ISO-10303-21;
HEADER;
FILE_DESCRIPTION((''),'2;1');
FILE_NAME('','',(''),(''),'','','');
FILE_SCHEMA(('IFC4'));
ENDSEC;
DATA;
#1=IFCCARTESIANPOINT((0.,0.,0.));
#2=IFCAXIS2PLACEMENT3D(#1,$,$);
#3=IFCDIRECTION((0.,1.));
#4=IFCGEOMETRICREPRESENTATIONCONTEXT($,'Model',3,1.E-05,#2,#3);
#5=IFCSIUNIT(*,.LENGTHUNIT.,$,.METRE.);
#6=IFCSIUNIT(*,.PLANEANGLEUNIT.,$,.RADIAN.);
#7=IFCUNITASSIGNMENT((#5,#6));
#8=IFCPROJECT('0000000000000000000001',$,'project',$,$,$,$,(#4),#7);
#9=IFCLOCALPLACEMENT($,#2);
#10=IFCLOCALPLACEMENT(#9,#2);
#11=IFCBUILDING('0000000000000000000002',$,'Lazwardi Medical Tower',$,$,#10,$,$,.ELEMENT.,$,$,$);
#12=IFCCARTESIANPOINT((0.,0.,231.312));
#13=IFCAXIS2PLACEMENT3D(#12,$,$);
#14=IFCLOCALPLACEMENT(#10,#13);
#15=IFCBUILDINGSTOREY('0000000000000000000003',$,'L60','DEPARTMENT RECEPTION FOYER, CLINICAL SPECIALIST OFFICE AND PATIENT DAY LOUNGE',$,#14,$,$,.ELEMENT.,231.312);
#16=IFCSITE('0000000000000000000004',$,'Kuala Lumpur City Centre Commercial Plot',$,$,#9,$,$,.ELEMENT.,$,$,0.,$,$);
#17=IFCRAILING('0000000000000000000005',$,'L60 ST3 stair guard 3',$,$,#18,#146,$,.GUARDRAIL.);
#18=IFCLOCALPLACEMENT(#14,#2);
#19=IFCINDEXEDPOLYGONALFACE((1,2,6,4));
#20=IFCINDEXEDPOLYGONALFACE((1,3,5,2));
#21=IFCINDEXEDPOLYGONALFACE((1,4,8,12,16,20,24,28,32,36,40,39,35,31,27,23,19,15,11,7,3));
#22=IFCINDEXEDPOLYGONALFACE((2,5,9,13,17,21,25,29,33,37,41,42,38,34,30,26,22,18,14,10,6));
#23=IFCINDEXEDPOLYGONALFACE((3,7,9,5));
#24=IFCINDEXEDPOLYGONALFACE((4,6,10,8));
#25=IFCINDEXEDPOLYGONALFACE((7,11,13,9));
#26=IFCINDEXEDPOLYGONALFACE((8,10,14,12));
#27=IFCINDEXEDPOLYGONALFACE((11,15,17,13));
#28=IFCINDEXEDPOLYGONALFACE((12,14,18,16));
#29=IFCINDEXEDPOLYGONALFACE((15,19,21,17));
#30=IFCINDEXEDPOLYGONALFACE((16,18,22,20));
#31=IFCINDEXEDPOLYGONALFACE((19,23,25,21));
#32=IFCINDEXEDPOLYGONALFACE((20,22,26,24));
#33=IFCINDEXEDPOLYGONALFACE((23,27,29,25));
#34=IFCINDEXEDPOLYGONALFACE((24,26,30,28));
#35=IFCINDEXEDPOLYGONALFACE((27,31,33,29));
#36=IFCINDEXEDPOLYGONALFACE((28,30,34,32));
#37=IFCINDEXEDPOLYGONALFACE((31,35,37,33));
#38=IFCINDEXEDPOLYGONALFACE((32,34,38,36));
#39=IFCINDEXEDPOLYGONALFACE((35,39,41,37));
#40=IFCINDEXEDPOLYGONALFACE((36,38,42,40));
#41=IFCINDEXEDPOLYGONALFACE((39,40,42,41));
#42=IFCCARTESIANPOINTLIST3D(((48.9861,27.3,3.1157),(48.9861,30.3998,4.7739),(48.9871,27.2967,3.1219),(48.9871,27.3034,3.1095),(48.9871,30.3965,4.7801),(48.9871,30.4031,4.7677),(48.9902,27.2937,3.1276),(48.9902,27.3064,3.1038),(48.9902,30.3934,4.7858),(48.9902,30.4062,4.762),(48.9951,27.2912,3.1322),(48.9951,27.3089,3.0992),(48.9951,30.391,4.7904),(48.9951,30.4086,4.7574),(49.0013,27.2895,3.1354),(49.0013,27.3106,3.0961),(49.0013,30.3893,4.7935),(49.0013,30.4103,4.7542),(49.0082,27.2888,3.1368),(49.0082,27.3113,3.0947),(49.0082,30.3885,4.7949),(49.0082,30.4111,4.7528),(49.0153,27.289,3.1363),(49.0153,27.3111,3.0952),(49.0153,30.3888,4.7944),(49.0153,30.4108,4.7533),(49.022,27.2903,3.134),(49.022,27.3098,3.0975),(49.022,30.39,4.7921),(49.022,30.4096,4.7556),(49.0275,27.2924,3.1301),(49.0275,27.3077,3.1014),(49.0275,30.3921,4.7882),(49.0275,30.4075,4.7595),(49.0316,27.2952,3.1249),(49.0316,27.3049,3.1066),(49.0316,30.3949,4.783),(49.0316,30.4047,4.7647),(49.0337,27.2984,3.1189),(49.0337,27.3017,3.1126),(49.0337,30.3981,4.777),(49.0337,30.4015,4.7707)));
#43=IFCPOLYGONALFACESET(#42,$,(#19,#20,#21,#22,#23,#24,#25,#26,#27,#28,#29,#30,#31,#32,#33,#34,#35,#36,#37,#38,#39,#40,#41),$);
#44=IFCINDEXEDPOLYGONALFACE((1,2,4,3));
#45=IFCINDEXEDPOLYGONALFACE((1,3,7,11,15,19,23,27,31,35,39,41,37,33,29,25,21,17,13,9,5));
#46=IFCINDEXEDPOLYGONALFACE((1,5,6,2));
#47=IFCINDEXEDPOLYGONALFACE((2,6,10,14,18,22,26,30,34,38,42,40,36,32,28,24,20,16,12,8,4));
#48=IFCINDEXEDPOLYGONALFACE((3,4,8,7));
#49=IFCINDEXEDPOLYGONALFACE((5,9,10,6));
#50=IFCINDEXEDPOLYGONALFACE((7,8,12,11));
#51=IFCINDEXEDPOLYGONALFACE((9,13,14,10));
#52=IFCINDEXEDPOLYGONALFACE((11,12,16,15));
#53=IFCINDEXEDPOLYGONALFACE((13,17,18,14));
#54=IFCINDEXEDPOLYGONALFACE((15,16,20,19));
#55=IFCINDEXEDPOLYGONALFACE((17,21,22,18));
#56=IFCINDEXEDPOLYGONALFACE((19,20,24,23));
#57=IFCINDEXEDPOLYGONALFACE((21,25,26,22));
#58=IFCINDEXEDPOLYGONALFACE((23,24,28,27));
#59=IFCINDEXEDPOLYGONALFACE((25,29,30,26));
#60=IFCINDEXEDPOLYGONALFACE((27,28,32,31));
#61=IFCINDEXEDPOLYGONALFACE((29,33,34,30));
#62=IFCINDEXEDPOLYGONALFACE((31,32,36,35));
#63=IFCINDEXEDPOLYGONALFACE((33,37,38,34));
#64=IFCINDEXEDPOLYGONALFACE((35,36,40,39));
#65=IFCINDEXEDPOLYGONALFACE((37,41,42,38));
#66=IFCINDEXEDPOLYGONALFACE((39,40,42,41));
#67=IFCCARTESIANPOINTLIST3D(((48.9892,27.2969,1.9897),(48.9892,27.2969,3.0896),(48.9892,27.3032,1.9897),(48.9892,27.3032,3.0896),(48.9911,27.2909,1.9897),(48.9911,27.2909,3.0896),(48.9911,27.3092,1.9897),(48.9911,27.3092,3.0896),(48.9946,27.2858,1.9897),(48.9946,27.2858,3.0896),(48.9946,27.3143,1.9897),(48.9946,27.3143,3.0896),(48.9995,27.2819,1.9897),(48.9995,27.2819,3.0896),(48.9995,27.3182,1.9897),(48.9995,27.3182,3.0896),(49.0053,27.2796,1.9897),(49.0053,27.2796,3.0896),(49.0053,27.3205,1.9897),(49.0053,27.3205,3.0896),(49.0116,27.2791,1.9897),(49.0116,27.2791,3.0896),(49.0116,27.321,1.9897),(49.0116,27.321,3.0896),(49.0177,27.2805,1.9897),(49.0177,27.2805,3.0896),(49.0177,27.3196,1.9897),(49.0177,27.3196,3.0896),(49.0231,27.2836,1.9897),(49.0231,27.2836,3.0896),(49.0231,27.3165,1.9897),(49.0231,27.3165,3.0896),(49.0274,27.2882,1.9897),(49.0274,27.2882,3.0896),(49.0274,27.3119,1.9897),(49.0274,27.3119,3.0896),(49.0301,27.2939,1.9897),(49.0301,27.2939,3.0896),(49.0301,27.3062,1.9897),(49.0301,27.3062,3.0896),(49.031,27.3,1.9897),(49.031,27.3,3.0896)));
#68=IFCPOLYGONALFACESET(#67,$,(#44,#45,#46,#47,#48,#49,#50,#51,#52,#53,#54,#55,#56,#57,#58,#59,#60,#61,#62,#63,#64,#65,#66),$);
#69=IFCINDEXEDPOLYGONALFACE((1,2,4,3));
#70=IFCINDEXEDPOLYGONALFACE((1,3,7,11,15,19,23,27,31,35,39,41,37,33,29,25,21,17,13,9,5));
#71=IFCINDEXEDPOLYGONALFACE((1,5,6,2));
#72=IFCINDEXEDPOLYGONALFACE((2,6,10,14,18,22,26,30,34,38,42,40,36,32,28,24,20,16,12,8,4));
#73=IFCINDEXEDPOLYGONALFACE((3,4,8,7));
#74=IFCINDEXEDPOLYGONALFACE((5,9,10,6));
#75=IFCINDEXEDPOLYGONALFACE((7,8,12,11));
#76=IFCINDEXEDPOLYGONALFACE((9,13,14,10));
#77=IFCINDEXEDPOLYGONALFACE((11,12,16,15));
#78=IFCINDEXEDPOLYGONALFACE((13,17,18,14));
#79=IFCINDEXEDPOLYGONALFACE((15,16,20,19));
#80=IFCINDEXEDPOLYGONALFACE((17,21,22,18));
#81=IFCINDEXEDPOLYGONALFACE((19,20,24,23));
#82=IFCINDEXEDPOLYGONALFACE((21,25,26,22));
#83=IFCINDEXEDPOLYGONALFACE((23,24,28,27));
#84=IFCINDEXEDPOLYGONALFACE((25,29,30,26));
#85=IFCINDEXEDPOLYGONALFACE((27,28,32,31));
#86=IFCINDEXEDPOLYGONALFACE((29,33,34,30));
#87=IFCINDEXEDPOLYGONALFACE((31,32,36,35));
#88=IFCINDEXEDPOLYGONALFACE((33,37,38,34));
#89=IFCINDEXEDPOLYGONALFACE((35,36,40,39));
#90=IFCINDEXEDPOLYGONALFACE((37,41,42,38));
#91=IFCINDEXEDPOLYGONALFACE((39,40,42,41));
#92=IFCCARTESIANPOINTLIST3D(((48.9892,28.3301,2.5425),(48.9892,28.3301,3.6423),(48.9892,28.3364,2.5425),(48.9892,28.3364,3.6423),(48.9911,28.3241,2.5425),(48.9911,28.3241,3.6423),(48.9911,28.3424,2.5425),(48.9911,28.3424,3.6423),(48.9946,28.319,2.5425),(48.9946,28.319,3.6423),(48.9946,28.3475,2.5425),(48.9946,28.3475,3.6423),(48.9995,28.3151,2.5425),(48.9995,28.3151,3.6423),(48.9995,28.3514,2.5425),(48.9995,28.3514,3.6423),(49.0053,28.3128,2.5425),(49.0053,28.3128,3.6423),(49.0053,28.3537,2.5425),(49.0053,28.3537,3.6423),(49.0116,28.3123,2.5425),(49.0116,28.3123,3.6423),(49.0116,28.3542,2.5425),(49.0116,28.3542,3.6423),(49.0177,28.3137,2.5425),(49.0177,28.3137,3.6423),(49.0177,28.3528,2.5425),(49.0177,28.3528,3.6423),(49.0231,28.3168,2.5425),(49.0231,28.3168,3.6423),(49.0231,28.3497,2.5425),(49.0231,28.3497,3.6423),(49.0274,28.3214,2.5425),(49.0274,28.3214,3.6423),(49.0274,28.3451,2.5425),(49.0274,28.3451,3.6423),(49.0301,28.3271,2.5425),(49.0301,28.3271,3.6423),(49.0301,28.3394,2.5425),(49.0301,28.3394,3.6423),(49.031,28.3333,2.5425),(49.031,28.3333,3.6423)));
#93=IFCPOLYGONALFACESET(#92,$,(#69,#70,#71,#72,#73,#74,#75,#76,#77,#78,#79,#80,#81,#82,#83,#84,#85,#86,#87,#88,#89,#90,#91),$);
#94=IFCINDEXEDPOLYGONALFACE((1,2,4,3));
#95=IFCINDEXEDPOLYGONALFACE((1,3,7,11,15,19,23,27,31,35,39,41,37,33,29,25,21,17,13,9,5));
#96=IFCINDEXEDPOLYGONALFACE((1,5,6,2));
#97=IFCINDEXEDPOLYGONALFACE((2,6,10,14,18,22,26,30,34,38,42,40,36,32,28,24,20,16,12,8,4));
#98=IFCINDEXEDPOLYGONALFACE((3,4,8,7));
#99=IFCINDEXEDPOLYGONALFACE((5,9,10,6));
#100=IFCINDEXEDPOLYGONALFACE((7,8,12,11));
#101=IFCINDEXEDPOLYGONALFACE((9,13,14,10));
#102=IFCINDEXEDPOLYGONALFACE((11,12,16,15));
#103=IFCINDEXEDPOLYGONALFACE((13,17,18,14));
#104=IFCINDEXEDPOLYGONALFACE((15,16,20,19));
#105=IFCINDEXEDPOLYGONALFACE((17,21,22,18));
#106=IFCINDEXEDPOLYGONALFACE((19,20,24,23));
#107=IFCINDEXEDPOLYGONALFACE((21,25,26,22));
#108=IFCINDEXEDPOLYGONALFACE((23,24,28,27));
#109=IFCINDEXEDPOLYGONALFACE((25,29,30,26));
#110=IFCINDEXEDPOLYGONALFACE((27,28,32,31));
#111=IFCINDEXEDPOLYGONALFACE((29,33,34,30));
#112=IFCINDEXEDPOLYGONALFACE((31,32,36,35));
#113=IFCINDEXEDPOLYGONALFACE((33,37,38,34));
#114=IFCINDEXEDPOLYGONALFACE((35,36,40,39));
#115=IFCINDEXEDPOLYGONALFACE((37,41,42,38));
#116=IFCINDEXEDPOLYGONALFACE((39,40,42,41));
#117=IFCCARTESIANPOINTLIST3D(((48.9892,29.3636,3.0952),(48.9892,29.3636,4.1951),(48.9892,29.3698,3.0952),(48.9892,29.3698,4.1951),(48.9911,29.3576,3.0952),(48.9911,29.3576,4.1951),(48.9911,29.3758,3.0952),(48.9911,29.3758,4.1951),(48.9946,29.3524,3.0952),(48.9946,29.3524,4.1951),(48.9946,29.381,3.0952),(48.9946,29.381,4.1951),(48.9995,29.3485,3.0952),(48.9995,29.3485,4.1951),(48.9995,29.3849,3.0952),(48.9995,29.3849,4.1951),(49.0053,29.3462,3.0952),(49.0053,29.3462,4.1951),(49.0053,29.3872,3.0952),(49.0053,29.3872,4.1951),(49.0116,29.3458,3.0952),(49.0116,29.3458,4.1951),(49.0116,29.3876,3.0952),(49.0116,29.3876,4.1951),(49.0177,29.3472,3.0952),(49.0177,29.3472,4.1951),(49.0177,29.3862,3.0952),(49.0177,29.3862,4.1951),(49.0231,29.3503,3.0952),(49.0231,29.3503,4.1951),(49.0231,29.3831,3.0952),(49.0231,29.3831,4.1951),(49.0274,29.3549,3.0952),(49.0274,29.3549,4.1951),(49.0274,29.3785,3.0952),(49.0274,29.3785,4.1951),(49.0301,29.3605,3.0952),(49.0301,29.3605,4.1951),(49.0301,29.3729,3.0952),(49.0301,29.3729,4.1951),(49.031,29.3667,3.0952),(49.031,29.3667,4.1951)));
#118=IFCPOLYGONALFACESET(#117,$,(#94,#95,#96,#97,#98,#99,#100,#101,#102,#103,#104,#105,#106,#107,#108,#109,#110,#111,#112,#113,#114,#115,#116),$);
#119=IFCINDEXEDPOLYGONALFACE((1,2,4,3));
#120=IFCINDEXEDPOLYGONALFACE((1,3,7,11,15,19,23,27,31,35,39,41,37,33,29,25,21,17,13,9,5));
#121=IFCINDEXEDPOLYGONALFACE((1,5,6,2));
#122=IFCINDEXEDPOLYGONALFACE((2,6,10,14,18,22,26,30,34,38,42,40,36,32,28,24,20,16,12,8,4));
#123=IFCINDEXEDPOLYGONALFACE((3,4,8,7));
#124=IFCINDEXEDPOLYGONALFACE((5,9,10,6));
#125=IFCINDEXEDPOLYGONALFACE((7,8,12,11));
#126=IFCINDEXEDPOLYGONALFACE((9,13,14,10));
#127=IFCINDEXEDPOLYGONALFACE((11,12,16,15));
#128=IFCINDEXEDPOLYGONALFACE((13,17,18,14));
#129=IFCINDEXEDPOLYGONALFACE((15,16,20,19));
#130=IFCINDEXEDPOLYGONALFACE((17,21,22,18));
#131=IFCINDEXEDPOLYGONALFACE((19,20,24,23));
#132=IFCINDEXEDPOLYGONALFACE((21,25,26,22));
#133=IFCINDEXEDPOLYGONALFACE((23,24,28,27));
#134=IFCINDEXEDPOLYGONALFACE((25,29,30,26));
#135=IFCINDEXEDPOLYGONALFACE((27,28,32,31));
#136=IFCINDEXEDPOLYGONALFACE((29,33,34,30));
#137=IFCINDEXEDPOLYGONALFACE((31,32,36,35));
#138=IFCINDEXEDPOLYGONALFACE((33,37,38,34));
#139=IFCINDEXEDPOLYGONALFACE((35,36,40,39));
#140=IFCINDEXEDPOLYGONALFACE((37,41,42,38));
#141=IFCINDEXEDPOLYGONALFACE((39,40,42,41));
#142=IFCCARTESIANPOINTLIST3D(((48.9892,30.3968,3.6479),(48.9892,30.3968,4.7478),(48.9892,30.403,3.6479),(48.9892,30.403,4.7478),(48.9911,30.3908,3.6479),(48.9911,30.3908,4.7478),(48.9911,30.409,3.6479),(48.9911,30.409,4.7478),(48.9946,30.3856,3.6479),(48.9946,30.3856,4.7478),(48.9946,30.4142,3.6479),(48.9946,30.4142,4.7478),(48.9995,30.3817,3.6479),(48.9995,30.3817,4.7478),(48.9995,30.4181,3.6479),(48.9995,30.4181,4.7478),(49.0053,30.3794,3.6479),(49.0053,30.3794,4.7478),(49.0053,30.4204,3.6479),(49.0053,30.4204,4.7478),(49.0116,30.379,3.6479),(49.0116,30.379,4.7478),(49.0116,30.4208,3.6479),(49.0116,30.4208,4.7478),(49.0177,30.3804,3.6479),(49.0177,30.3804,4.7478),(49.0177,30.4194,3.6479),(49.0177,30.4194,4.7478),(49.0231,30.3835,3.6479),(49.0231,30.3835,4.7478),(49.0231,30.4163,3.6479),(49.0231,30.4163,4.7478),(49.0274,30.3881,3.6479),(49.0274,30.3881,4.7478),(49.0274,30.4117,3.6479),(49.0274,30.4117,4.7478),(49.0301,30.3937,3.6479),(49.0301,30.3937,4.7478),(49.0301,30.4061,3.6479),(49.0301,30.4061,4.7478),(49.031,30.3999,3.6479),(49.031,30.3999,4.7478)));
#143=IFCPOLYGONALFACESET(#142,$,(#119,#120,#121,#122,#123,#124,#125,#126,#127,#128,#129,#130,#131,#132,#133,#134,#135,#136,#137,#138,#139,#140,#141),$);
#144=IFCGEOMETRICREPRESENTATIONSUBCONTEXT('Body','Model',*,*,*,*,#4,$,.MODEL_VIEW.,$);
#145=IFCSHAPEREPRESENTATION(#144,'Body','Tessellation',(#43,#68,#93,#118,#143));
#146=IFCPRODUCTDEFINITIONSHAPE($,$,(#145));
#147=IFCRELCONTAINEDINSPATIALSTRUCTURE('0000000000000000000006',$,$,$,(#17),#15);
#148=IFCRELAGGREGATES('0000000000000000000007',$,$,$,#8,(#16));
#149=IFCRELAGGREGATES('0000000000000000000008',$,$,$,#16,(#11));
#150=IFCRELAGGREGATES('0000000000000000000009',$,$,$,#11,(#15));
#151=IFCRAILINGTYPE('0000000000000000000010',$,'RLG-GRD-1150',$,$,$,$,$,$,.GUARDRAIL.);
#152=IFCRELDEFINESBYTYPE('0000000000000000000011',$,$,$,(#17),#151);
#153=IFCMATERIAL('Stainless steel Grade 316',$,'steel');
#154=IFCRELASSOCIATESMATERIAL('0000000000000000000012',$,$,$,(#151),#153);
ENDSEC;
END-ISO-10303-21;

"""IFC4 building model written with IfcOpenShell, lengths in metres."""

from ifc_helpers import new_model, si_unit, direction, frame, origin, origin_2d, place, context, subcontext, project, spatial, circle, extrude, material, type_object, element, save


model = new_model("IFC4")

# Units and contexts
model_context = context("Model", 3, precision=1e-05, world=origin(), true_north=direction((0.0, 1.0)))
body_context = subcontext(model_context, "Body", "Model", "MODEL_VIEW")
ifc_project = project(units=[si_unit("LENGTHUNIT", "METRE"), si_unit("PLANEANGLEUNIT", "RADIAN")], contexts=[model_context])

# Site, building, storey
site_placement = place(None, origin())
site = spatial("IfcSite", under=ifc_project, at=site_placement, Name="Kuala Lumpur City Centre Commercial Plot", CompositionType="ELEMENT", RefElevation=0.0)
building_placement = place(site_placement, origin())
building = spatial("IfcBuilding", under=site, at=building_placement, Name="Lazwardi Medical Tower", CompositionType="ELEMENT")
storey_placement = place(building_placement, frame((0.0, 0.0, 231.312)))
storey = spatial("IfcBuildingStorey", under=building, at=storey_placement, Name="L60", Description="DEPARTMENT RECEPTION FOYER, CLINICAL SPECIALIST OFFICE AND PATIENT DAY LOUNGE", CompositionType="ELEMENT", Elevation=231.312)

# Railing
ifc_material_1 = material(Name="Stainless steel Grade 316", Category="steel")
railing_type_1 = type_object("IfcRailingType", Name="RLG-GRD-1150", PredefinedType="GUARDRAIL", material=ifc_material_1)
railing_1_placement = place(storey_placement, frame((49.01, 27.3, 1.9897)))
element("IfcRailing", 1, at=railing_1_placement, inside=storey, type_object=railing_type_1, Name="L60 ST3 stair guard 3", PredefinedType="GUARDRAIL", context=body_context, shape_type="SweptSolid", body=[
    extrude(circle(Radius=0.0239, at=origin_2d()), frame((0.0, 0.0, 1.126), z_axis=(0.0, 0.881768, 0.471684), x_axis=(-1.0, 0.0, 0.0)), (0.0, 0.0, 1.0), 3.5154),
    extrude(circle(Radius=0.021, at=origin_2d()), origin(), (0.0, 0.0, 1.0), 1.0999),
    extrude(circle(Radius=0.021, at=origin_2d()), frame((0.0, 1.0332, 0.5527)), (0.0, 0.0, 1.0), 1.0999),
    extrude(circle(Radius=0.021, at=origin_2d()), frame((0.0, 2.0667, 1.1055)), (0.0, 0.0, 1.0), 1.0999),
    extrude(circle(Radius=0.021, at=origin_2d()), frame((0.0, 3.0999, 1.6582)), (0.0, 0.0, 1.0), 1.0999),
])

save(model, "model.ifc")
